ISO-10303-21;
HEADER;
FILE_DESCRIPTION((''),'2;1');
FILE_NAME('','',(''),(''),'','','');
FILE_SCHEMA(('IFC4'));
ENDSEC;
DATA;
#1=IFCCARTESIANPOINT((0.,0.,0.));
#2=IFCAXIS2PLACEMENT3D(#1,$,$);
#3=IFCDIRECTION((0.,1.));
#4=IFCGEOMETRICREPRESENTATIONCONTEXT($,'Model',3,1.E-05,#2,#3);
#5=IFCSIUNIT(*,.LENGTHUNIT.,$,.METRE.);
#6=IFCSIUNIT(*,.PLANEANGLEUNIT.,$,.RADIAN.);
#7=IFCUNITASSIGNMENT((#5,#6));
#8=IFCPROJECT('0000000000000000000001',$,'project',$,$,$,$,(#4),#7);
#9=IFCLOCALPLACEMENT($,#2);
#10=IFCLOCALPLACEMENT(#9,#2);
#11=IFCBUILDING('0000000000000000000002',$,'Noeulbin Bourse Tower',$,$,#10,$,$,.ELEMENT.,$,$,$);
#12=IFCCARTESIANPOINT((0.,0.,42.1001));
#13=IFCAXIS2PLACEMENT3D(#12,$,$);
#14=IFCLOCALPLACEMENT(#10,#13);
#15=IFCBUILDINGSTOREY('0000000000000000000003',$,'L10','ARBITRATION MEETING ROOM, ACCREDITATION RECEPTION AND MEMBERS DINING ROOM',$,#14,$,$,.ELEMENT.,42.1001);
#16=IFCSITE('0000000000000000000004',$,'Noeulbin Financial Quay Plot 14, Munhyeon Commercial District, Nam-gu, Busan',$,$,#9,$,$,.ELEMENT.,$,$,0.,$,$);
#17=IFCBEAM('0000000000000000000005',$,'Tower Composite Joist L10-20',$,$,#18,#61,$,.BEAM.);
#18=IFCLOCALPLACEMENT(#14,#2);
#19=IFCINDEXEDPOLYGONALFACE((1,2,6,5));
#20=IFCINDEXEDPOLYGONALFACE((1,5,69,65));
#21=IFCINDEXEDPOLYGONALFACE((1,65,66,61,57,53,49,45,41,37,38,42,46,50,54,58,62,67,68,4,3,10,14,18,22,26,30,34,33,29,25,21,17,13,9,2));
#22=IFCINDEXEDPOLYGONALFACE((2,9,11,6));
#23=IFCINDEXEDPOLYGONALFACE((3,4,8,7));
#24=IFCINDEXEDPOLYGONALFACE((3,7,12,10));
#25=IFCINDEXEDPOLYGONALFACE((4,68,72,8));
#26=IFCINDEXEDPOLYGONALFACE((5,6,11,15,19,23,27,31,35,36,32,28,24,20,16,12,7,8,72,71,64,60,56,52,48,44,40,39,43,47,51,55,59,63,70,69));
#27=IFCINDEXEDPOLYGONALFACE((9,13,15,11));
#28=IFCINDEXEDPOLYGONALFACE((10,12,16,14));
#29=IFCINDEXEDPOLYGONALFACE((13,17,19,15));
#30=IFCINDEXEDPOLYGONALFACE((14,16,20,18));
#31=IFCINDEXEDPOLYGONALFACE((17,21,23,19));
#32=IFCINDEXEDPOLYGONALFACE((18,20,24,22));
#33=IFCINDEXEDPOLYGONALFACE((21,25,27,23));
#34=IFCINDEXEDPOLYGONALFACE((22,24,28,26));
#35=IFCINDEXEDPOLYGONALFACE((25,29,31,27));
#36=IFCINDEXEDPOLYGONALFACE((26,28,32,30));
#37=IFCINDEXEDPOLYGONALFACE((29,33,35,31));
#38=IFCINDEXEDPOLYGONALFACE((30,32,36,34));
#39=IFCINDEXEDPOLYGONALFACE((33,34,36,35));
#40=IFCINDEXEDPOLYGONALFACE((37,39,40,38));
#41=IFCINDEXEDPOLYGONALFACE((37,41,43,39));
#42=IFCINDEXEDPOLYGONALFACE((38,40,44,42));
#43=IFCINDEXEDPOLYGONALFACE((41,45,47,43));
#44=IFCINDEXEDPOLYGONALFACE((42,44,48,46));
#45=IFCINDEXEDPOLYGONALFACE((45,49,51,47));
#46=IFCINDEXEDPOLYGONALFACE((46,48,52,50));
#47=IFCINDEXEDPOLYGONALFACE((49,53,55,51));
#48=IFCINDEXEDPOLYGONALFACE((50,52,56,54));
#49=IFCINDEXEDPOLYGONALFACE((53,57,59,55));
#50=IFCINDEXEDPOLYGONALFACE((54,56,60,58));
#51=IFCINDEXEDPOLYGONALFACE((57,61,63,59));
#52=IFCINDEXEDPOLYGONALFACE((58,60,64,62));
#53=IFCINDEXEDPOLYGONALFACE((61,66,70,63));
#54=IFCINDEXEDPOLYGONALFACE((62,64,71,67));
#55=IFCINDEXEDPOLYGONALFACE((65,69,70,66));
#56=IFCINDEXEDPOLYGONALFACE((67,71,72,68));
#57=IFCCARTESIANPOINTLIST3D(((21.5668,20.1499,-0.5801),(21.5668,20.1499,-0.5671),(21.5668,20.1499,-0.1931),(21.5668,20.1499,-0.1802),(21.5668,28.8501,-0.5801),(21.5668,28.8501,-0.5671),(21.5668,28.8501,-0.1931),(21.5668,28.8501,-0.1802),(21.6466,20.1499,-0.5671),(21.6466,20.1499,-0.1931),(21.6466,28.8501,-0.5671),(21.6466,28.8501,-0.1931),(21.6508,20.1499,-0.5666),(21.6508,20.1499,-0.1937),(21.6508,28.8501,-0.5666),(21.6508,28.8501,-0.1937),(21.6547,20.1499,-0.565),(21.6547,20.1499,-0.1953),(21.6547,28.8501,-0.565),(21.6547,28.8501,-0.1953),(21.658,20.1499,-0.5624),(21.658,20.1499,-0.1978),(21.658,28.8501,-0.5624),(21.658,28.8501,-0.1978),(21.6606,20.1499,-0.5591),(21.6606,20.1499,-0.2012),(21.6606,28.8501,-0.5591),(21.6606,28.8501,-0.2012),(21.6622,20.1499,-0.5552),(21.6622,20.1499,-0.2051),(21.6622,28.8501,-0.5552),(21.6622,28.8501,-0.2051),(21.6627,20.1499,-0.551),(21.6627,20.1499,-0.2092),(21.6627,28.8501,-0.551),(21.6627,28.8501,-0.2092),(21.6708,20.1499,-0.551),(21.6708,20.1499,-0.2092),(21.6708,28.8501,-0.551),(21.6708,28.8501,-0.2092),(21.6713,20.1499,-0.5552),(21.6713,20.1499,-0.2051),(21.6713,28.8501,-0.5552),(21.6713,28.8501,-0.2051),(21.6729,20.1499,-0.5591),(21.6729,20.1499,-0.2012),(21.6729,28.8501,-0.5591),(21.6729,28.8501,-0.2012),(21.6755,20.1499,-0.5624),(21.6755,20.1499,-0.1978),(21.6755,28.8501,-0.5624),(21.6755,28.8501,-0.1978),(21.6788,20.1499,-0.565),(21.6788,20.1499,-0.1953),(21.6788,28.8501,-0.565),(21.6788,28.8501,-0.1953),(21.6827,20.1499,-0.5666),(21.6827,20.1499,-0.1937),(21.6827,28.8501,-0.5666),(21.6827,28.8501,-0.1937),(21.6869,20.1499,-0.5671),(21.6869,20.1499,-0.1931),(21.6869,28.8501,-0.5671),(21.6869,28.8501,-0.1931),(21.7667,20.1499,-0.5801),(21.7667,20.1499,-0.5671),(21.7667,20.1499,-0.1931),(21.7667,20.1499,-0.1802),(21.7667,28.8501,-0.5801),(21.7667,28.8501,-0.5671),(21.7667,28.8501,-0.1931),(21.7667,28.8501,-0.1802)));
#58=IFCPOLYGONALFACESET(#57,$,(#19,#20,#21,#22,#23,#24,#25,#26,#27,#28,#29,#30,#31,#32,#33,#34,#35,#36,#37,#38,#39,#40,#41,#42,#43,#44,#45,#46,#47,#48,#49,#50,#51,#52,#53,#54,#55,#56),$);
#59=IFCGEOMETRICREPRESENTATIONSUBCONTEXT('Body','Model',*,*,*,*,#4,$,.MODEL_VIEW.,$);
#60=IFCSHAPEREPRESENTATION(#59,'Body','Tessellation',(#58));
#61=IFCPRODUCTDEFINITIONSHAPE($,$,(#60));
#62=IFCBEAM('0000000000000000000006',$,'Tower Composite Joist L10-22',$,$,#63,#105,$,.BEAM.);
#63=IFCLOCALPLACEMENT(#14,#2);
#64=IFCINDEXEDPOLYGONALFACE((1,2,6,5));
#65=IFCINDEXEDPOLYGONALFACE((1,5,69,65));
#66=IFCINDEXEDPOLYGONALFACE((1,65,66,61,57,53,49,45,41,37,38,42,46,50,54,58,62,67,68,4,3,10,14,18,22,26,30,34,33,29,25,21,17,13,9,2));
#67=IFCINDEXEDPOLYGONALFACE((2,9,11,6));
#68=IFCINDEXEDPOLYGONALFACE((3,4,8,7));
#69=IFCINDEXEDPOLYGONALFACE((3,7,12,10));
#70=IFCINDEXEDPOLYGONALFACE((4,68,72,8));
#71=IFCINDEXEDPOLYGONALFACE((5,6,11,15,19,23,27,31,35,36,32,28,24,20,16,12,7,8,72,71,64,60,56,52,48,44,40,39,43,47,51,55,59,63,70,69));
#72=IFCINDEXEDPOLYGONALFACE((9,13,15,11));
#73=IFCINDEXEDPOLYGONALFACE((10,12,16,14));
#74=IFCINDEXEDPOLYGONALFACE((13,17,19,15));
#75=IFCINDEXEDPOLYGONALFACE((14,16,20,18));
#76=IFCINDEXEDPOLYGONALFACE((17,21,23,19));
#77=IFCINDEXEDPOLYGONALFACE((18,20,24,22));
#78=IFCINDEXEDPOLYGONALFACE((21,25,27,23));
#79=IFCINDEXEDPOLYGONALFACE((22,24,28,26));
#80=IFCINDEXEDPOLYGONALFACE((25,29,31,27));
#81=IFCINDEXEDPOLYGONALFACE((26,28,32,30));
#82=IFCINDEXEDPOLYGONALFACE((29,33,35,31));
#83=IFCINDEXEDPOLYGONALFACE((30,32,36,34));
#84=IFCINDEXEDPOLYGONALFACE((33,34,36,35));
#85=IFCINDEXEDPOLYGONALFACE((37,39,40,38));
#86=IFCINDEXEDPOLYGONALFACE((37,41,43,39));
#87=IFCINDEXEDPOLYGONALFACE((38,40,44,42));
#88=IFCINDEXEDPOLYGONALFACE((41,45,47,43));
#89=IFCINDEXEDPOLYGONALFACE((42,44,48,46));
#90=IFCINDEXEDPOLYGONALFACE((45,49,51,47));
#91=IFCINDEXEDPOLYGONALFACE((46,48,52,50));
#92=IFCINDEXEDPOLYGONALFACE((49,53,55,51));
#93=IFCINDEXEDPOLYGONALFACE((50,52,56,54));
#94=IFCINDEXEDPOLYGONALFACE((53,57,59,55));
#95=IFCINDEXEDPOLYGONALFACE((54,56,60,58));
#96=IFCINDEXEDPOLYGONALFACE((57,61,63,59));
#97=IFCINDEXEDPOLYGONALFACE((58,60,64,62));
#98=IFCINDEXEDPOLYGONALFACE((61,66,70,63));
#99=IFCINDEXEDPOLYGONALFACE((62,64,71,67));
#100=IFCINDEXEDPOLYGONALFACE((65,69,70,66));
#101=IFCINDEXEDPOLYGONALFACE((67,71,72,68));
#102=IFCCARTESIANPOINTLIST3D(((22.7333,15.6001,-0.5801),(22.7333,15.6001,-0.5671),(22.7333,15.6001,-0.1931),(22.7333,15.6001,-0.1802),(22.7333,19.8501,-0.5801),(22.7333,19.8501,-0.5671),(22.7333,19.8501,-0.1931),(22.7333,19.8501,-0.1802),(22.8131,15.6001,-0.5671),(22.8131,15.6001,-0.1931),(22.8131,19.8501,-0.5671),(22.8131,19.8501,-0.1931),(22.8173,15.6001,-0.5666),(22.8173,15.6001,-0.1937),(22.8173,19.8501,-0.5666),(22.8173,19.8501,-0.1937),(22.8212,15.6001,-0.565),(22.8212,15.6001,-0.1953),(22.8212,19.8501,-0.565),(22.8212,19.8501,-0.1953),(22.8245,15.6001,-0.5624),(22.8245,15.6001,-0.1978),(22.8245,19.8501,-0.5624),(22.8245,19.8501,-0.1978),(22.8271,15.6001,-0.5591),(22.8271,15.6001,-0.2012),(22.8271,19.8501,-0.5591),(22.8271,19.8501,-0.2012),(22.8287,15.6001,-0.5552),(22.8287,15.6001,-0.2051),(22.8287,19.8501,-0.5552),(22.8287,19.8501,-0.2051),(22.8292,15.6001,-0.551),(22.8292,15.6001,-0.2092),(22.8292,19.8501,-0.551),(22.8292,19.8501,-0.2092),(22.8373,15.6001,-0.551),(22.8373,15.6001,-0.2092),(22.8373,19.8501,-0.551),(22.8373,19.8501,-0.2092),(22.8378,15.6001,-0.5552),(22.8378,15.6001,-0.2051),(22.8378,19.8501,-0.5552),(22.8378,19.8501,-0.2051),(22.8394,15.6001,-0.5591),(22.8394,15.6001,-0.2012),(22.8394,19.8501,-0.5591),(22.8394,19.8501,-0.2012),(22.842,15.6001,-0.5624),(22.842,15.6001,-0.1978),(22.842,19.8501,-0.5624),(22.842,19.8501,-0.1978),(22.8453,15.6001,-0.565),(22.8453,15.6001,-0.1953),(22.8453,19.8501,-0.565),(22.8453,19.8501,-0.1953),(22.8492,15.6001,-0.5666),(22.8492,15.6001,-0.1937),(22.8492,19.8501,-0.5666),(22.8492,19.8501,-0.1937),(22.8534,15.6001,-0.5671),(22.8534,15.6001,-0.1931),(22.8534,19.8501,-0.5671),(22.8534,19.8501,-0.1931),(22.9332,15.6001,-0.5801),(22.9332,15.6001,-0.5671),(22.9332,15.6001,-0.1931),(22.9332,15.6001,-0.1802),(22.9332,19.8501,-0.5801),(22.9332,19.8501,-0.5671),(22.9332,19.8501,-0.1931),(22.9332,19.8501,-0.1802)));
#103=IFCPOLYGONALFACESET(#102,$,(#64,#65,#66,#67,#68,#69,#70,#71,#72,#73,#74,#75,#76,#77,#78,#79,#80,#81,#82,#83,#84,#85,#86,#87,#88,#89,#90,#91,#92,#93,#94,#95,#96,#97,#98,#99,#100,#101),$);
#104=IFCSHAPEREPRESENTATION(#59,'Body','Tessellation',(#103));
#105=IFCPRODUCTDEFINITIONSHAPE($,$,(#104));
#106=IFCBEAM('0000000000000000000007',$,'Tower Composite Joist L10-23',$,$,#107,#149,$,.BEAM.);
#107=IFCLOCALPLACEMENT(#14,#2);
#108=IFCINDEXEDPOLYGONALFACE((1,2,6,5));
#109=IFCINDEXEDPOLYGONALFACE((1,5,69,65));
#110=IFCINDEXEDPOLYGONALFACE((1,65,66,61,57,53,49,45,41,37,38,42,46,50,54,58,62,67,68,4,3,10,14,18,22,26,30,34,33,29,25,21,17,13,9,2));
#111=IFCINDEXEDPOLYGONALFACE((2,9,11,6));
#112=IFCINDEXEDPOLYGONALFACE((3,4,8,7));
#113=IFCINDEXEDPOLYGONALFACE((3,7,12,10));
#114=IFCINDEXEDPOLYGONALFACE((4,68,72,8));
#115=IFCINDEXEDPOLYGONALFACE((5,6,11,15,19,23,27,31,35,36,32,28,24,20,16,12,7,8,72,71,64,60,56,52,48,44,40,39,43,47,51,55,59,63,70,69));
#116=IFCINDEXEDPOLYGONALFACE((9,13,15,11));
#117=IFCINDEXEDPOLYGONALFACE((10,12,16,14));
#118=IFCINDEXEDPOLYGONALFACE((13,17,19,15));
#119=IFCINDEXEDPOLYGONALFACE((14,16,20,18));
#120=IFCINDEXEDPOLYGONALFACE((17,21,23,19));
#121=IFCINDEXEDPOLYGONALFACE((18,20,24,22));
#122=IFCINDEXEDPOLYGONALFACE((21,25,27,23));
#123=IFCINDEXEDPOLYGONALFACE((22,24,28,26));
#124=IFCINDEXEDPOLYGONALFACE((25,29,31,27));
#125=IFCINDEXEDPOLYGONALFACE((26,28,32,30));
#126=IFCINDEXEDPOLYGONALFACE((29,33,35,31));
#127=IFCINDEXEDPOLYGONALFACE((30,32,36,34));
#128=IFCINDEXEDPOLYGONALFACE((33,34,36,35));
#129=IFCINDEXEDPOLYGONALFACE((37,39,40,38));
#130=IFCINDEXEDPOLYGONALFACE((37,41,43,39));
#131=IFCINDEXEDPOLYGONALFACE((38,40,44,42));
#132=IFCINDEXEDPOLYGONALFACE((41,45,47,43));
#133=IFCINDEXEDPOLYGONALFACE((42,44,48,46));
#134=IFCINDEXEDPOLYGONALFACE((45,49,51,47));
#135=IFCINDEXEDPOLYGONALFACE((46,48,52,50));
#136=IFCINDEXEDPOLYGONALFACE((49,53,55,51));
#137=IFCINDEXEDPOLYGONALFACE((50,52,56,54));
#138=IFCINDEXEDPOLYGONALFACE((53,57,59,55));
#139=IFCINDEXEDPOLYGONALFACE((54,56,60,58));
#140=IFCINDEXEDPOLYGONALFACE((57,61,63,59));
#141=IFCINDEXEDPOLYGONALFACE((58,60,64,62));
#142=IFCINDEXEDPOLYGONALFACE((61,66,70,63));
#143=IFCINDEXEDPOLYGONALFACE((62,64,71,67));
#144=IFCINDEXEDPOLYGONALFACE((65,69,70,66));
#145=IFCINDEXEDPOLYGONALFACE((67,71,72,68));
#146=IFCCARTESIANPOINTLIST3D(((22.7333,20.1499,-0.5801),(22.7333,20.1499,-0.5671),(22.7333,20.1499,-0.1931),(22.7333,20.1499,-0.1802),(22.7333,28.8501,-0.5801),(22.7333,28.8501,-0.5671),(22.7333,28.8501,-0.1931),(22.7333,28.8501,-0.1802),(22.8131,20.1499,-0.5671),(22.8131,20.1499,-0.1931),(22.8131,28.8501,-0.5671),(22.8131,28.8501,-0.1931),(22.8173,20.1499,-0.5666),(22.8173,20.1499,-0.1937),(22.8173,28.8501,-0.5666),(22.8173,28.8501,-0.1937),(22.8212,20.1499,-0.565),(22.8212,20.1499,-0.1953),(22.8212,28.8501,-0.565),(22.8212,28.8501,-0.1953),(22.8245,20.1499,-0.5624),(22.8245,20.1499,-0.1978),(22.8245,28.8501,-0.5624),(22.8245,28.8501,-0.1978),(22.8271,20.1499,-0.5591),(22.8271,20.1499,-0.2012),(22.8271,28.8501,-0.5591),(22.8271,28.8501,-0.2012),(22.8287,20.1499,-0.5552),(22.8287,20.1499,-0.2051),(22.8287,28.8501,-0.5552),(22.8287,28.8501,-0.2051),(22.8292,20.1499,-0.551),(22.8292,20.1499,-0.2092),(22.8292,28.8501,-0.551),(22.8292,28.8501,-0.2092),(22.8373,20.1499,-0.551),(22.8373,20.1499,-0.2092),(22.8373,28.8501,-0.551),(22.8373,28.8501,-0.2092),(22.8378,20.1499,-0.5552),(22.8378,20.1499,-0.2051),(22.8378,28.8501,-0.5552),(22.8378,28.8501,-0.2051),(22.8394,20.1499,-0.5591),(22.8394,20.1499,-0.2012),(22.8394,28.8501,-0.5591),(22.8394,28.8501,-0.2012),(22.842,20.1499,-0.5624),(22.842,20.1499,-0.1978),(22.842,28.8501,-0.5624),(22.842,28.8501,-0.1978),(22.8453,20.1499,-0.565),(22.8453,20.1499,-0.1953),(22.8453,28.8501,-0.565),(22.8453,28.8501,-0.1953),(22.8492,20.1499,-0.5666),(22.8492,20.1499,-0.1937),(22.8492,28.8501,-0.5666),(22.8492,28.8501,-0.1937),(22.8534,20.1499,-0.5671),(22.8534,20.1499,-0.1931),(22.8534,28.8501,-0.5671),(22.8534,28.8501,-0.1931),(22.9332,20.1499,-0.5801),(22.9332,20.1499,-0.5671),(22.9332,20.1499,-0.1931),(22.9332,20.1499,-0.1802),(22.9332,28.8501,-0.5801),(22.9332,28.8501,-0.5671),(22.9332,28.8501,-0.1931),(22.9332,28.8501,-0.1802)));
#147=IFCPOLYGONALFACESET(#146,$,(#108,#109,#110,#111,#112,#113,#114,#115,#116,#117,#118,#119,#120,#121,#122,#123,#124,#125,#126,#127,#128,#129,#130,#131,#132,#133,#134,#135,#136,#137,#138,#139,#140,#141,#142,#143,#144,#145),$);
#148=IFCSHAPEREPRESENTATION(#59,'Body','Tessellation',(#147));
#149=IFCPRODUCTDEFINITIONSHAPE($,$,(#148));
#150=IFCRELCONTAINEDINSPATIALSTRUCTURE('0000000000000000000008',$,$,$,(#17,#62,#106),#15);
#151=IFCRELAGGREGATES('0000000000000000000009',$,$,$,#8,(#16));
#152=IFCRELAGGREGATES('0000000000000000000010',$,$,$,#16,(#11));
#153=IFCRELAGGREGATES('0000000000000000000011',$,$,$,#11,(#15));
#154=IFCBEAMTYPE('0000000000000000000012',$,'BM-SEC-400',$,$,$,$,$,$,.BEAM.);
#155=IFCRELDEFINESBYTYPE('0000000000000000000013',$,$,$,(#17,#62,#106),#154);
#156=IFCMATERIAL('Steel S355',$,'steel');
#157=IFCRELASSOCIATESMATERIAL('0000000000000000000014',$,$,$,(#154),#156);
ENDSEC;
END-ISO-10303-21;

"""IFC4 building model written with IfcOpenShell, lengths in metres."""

from ifc_helpers import new_model, si_unit, direction, frame, origin, origin_2d, place, context, subcontext, project, spatial, i_section, extrude, material, material_profile, profile_set, type_object, element, save


model = new_model("IFC4")

# Units and contexts
model_context = context("Model", 3, precision=1e-05, world=origin(), true_north=direction((0.0, 1.0)))
body_context = subcontext(model_context, "Body", "Model", "MODEL_VIEW")
ifc_project = project(units=[si_unit("LENGTHUNIT", "METRE"), si_unit("PLANEANGLEUNIT", "RADIAN")], contexts=[model_context])

# Site, building, storey
site_placement = place(None, origin())
site = spatial("IfcSite", under=ifc_project, at=site_placement, Name="Noeulbin Financial Quay Plot 14, Munhyeon Commercial District, Nam-gu, Busan", CompositionType="ELEMENT", RefElevation=0.0)
building_placement = place(site_placement, origin())
building = spatial("IfcBuilding", under=site, at=building_placement, Name="Noeulbin Bourse Tower", CompositionType="ELEMENT")
storey_placement = place(building_placement, frame((0.0, 0.0, 42.1001)))
storey = spatial("IfcBuildingStorey", under=building, at=storey_placement, Name="L10", Description="ARBITRATION MEETING ROOM, ACCREDITATION RECEPTION AND MEMBERS DINING ROOM", CompositionType="ELEMENT", Elevation=42.1001)

# Beams
ifc_material_1 = material(Name="Steel S355", Category="steel")
ifc_material_profile_1 = material_profile(ifc_material_1, i_section(OverallWidth=0.2, OverallDepth=0.3999, WebThickness=0.0081, FlangeThickness=0.0129, FilletRadius=0.0161, at=origin_2d()), Name="H-400x200x8x13", Category="LoadBearing")
ifc_profile_set_1 = profile_set([ifc_material_profile_1], Name="Steel S355")
beam_type = type_object("IfcBeamType", Name="BM-SEC-400", PredefinedType="BEAM", material=ifc_profile_set_1)
beam_1_placement = place(storey_placement, frame((21.6667, 20.1499, -0.3801), z_axis=(0.0, 1.0, 0.0), x_axis=(-1.0, 0.0, 0.0)))
element("IfcBeam", 1, at=beam_1_placement, inside=storey, type_object=beam_type, Name="Tower Composite Joist L10-20", PredefinedType="BEAM", context=body_context, shape_type="SweptSolid", body=[
    extrude(i_section(OverallWidth=0.2, OverallDepth=0.3999, WebThickness=0.0081, FlangeThickness=0.0129, FilletRadius=0.0161, at=origin_2d()), origin(), (0.0, 0.0, 1.0), 8.7002),
])
beam_2_placement = place(storey_placement, frame((22.8333, 15.6001, -0.3801), z_axis=(0.0, 1.0, 0.0), x_axis=(-1.0, 0.0, 0.0)))
element("IfcBeam", 2, at=beam_2_placement, inside=storey, type_object=beam_type, Name="Tower Composite Joist L10-22", PredefinedType="BEAM", context=body_context, shape_type="SweptSolid", body=[
    extrude(i_section(OverallWidth=0.2, OverallDepth=0.3999, WebThickness=0.0081, FlangeThickness=0.0129, FilletRadius=0.0161, at=origin_2d()), origin(), (0.0, 0.0, 1.0), 4.25),
])
beam_3_placement = place(storey_placement, frame((22.8333, 20.1499, -0.3801), z_axis=(0.0, 1.0, 0.0), x_axis=(-1.0, 0.0, 0.0)))
element("IfcBeam", 3, at=beam_3_placement, inside=storey, type_object=beam_type, Name="Tower Composite Joist L10-23", PredefinedType="BEAM", context=body_context, shape_type="SweptSolid", body=[
    extrude(i_section(OverallWidth=0.2, OverallDepth=0.3999, WebThickness=0.0081, FlangeThickness=0.0129, FilletRadius=0.0161, at=origin_2d()), origin(), (0.0, 0.0, 1.0), 8.7002),
])

save(model, "model.ifc")
